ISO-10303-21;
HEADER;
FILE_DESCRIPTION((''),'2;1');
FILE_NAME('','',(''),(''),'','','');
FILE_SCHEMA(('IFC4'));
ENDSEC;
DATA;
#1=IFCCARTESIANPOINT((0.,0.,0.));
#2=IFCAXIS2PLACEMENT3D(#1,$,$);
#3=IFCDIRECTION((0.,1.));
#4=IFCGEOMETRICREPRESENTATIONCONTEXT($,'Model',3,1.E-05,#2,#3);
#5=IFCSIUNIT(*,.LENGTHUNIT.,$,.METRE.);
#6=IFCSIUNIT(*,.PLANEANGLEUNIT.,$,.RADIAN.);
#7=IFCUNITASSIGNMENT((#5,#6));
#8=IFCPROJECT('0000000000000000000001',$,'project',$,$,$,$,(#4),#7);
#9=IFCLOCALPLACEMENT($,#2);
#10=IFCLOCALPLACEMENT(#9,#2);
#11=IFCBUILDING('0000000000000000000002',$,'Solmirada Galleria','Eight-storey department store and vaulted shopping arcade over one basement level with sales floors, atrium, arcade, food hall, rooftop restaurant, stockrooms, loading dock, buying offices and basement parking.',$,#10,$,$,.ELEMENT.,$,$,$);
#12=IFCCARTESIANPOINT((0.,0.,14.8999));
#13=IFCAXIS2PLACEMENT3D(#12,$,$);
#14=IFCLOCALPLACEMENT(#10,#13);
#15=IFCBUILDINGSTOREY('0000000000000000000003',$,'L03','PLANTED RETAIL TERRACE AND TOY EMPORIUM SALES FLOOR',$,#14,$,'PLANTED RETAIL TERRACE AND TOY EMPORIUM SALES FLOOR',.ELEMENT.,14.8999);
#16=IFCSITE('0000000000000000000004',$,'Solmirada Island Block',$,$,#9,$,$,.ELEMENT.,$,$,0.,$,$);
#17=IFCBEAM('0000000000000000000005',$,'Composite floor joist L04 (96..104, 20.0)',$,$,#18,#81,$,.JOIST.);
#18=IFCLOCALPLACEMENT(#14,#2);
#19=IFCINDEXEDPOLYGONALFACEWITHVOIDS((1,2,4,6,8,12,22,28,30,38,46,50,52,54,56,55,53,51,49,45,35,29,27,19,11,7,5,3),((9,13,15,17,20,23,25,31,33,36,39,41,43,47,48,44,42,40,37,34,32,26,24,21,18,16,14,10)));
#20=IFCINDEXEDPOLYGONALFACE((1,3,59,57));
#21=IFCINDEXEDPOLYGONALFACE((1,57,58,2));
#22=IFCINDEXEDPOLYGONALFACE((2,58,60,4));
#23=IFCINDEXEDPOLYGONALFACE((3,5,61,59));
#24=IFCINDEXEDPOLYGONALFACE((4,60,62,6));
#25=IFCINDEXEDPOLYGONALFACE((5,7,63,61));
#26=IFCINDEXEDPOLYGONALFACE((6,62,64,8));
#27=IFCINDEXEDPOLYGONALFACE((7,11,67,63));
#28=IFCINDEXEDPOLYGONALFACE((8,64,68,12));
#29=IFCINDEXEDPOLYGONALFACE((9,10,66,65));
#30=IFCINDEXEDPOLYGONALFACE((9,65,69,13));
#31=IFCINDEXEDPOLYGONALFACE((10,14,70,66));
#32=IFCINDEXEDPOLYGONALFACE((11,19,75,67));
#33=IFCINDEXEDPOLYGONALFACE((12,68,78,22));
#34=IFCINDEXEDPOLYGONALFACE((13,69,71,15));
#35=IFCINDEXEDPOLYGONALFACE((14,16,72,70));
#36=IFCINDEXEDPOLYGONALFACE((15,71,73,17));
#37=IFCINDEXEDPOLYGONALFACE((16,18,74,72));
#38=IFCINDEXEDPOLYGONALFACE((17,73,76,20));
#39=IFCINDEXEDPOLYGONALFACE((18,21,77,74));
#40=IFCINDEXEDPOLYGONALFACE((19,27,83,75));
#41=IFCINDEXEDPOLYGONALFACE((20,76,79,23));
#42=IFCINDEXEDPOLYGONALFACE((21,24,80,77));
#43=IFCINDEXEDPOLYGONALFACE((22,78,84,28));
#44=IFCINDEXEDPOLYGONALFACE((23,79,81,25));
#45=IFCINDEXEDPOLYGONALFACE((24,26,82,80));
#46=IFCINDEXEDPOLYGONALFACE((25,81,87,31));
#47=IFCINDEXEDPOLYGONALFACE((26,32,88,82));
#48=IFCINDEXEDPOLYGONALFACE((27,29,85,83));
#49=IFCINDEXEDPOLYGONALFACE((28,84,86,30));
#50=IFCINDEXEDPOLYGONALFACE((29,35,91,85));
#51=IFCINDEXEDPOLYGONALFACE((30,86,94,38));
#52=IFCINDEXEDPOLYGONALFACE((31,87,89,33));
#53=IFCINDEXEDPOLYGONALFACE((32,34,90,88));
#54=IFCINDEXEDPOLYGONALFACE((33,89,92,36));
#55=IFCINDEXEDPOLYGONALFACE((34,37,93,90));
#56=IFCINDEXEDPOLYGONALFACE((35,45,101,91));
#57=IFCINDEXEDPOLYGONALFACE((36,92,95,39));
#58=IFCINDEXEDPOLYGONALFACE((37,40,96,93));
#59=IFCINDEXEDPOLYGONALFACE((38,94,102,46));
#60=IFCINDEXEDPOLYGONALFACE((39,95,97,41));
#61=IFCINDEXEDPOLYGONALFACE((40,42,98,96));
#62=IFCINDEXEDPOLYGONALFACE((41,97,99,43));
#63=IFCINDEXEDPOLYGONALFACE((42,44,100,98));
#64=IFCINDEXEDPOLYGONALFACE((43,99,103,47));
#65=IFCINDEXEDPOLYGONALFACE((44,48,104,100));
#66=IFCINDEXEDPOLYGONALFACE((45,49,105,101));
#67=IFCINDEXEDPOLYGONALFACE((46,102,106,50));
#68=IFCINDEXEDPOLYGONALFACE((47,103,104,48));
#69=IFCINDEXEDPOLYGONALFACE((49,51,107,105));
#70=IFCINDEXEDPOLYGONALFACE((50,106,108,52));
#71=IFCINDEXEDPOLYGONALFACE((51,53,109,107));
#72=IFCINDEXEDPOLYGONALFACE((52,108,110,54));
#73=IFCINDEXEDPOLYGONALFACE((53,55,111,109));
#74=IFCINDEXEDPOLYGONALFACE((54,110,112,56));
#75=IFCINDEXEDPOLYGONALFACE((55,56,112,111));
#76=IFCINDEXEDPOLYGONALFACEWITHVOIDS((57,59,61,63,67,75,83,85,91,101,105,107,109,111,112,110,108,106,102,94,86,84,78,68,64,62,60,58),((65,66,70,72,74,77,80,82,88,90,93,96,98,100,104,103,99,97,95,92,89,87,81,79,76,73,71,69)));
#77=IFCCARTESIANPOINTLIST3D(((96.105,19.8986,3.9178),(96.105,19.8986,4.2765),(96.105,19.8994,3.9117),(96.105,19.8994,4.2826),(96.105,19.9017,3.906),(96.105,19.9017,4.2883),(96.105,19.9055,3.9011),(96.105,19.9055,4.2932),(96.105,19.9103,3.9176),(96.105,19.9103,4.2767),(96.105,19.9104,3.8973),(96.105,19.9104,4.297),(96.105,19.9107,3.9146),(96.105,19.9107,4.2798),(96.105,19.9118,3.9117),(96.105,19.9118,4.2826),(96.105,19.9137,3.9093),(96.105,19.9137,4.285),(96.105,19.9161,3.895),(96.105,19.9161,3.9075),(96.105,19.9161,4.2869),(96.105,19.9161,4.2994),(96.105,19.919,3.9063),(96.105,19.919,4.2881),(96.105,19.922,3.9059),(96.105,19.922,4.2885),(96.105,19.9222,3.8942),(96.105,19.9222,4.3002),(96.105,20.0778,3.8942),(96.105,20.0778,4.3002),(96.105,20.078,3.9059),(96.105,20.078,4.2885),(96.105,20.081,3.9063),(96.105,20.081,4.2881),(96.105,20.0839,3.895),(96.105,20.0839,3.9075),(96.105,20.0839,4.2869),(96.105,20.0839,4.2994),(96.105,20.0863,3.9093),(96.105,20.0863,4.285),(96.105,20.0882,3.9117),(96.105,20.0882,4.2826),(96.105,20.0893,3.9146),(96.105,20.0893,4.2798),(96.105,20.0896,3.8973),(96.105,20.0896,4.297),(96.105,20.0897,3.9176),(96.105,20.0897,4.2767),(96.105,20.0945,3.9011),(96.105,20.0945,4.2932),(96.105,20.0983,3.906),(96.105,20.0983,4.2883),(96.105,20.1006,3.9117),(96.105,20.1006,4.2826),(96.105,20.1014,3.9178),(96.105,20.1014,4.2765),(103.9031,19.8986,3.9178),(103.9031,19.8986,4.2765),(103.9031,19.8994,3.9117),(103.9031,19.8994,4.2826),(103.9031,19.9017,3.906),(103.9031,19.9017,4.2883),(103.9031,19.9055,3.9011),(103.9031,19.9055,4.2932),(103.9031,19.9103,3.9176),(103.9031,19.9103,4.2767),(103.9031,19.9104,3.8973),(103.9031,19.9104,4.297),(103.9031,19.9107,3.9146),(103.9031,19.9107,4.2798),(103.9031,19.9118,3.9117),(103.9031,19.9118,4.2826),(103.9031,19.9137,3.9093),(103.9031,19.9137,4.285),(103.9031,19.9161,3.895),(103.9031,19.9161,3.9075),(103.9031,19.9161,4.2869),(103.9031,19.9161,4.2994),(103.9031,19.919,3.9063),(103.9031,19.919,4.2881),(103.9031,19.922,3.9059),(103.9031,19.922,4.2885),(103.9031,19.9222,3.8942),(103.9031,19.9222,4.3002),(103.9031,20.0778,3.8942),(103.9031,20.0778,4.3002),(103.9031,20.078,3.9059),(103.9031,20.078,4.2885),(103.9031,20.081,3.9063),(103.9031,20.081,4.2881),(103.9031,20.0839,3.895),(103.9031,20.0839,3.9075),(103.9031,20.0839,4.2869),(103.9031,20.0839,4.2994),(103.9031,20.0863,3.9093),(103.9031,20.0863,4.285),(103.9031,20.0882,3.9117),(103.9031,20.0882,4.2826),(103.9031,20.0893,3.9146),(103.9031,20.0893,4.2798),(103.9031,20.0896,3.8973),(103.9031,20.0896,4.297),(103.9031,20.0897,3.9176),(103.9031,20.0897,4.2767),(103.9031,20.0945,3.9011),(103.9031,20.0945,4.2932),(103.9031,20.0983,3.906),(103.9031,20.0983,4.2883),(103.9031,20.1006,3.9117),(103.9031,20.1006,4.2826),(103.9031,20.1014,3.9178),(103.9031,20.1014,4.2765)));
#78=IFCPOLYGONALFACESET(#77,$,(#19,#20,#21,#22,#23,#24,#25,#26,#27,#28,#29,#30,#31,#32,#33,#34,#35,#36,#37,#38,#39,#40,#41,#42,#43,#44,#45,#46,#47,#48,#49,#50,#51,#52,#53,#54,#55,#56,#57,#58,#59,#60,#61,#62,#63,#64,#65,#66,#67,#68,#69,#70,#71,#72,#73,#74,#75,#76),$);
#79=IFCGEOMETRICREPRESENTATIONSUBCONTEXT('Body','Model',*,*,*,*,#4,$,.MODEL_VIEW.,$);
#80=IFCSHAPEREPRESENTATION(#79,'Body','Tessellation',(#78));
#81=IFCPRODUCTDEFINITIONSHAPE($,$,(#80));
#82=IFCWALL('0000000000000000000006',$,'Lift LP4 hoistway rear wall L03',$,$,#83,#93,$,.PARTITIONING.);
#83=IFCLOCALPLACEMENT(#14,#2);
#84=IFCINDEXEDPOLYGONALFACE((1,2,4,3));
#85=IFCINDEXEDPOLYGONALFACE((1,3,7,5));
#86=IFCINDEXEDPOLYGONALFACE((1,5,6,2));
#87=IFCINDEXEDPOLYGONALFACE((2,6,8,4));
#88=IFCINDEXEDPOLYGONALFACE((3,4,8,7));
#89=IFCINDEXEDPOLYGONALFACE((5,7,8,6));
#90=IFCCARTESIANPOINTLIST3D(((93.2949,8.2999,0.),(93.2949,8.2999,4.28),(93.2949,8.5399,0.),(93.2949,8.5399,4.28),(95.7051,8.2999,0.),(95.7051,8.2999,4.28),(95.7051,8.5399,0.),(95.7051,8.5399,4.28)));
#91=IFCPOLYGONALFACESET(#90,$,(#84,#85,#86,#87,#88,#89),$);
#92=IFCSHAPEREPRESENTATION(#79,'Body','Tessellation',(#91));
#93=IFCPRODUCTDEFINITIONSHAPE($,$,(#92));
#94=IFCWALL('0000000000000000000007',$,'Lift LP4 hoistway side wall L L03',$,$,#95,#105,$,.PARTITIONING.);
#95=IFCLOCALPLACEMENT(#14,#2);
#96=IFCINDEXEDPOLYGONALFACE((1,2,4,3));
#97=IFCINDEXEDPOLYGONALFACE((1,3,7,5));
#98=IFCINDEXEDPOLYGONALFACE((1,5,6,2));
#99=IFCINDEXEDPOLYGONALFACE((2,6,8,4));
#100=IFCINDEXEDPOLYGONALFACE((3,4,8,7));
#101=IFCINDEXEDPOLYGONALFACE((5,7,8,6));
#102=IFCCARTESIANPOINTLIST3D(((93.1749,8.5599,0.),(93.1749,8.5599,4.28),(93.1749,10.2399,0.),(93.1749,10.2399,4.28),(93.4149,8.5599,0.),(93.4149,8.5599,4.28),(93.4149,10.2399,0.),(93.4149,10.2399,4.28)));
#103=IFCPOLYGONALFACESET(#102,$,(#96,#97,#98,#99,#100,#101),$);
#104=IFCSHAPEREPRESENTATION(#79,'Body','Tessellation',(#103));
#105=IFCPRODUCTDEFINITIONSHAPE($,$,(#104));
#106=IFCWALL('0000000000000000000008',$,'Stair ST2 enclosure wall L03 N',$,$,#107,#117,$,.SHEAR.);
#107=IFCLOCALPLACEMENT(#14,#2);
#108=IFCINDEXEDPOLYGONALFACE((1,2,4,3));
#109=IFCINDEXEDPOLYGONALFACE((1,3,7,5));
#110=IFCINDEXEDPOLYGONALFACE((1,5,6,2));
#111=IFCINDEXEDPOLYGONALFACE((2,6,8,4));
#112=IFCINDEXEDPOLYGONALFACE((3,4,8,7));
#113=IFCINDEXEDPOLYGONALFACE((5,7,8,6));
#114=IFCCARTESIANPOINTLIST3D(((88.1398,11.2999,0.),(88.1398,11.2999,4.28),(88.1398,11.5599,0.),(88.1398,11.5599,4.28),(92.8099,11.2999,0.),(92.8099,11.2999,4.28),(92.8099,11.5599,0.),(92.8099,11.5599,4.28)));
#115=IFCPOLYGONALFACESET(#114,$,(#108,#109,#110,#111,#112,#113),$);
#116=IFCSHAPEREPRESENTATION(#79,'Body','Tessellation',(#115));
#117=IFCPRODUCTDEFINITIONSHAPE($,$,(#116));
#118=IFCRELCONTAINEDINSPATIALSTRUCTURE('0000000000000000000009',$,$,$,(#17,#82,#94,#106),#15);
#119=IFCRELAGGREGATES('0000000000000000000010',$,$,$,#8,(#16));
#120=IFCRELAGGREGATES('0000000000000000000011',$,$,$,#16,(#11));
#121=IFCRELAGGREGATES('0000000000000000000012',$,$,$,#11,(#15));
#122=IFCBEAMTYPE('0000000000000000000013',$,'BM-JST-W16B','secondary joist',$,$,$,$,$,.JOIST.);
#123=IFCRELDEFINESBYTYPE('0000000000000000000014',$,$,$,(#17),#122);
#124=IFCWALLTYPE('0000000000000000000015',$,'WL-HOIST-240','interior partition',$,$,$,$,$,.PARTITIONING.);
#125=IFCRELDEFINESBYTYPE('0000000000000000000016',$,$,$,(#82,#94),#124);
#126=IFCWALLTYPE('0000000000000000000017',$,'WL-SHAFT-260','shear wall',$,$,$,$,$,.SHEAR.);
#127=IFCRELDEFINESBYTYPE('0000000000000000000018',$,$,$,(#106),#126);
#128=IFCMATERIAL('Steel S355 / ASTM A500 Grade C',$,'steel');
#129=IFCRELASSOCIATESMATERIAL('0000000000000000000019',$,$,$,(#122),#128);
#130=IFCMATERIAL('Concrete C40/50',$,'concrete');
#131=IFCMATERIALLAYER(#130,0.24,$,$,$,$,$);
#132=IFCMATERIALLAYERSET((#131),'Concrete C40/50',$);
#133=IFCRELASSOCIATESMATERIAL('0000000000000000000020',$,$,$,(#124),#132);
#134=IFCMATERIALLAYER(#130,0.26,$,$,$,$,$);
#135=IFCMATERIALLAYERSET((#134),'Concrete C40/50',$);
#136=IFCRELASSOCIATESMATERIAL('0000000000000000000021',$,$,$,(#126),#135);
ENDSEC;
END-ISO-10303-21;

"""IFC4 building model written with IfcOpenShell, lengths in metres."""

from ifc_helpers import new_model, si_unit, direction, frame, frame_2d, origin, origin_2d, place, context, subcontext, project, spatial, rectangle, hollow_rectangle, extrude, material, layer, layer_set, material_profile, profile_set, type_object, element, save


model = new_model("IFC4")

# Units and contexts
model_context = context("Model", 3, precision=1e-05, world=origin(), true_north=direction((0.0, 1.0)))
body_context = subcontext(model_context, "Body", "Model", "MODEL_VIEW")
ifc_project = project(units=[si_unit("LENGTHUNIT", "METRE"), si_unit("PLANEANGLEUNIT", "RADIAN")], contexts=[model_context])

# Site, building, storey
site_placement = place(None, origin())
site = spatial("IfcSite", under=ifc_project, at=site_placement, Name="Solmirada Island Block", CompositionType="ELEMENT", RefElevation=0.0)
building_placement = place(site_placement, origin())
building = spatial("IfcBuilding", under=site, at=building_placement, Name="Solmirada Galleria", Description="Eight-storey department store and vaulted shopping arcade over one basement level with sales floors, atrium, arcade, food hall, rooftop restaurant, stockrooms, loading dock, buying offices and basement parking.", CompositionType="ELEMENT")
storey_placement = place(building_placement, frame((0.0, 0.0, 14.8999)))
storey = spatial("IfcBuildingStorey", under=building, at=storey_placement, Name="L03", Description="PLANTED RETAIL TERRACE AND TOY EMPORIUM SALES FLOOR", LongName="PLANTED RETAIL TERRACE AND TOY EMPORIUM SALES FLOOR", CompositionType="ELEMENT", Elevation=14.8999)

# Shared definitions
ifc_material_1 = material(Name="Concrete C40/50", Category="concrete")

# Beam
ifc_material_2 = material(Name="Steel S355 / ASTM A500 Grade C", Category="steel")
ifc_material_profile_1 = material_profile(ifc_material_2, hollow_rectangle(XDim=0.2029, YDim=0.406, WallThickness=0.0117, InnerFilletRadius=0.0117, OuterFilletRadius=0.0237, at=origin_2d()), Name="HSS16X8X1/2")
ifc_profile_set_1 = profile_set([ifc_material_profile_1], Name="Steel S355 / ASTM A500 Grade C")
beam_type_1 = type_object("IfcBeamType", Name="BM-JST-W16B", Description="secondary joist", PredefinedType="JOIST", material=ifc_profile_set_1)
for number, where, z_axis, x_axis, name in (
    (1, (96.105, 20.0, 4.0972), (1.0, 0.0, 0.0), (0.0, 1.0, 0.0), "Composite floor joist L04 (96..104, 20.0)"),
):
    element("IfcBeam", number, at=place(storey_placement, frame(where, z_axis=z_axis, x_axis=x_axis)), inside=storey, type_object=beam_type_1, Name=name, PredefinedType="JOIST", context=body_context, shape_type="SweptSolid", body=[
        extrude(hollow_rectangle(XDim=0.2029, YDim=0.406, WallThickness=0.0117, InnerFilletRadius=0.0117, OuterFilletRadius=0.0237, at=origin_2d()), origin(), (0.0, 0.0, 1.0), 7.7981),
    ])

# Shared definitions
ifc_layer_1 = layer(ifc_material_1, 0.24)
ifc_layer_set_1 = layer_set([ifc_layer_1], Name="Concrete C40/50")
wall_type_1 = type_object("IfcWallType", Name="WL-HOIST-240", Description="interior partition", PredefinedType="PARTITIONING", material=ifc_layer_set_1)

# Walls
wall_1_placement = place(storey_placement, frame((93.2949, 8.4199, 0.0), z_axis=(0.0, 0.0, 1.0), x_axis=(1.0, 0.0, 0.0)))
element("IfcWall", 2, at=wall_1_placement, inside=storey, type_object=wall_type_1, Name="Lift LP4 hoistway rear wall L03", PredefinedType="PARTITIONING", context=body_context, shape_type="SweptSolid", body=[
    extrude(rectangle(XDim=2.4102, YDim=0.24, at=frame_2d((1.2051, 0.0))), origin(), (0.0, 0.0, 1.0), 4.28),
])
wall_2_placement = place(storey_placement, frame((93.2949, 8.5601, 0.0), z_axis=(0.0, 0.0, 1.0), x_axis=(0.0, 1.0, 0.0)))
element("IfcWall", 3, at=wall_2_placement, inside=storey, type_object=wall_type_1, Name="Lift LP4 hoistway side wall L L03", PredefinedType="PARTITIONING", context=body_context, shape_type="SweptSolid", body=[
    extrude(rectangle(XDim=1.6799, YDim=0.24, at=frame_2d((0.8398, 0.0))), origin(), (0.0, 0.0, 1.0), 4.28),
])
ifc_layer_2 = layer(ifc_material_1, 0.26)
ifc_layer_set_2 = layer_set([ifc_layer_2], Name="Concrete C40/50")
wall_type_2 = type_object("IfcWallType", Name="WL-SHAFT-260", Description="shear wall", PredefinedType="SHEAR", material=ifc_layer_set_2)
wall_3_placement = place(storey_placement, frame((88.1399, 11.4299, 0.0), z_axis=(0.0, 0.0, 1.0), x_axis=(1.0, 0.0, 0.0)))
element("IfcWall", 4, at=wall_3_placement, inside=storey, type_object=wall_type_2, Name="Stair ST2 enclosure wall L03 N", PredefinedType="SHEAR", context=body_context, shape_type="SweptSolid", body=[
    extrude(rectangle(XDim=4.6702, YDim=0.26, at=frame_2d((2.335, 0.0))), origin(), (0.0, 0.0, 1.0), 4.28),
])

save(model, "model.ifc")
